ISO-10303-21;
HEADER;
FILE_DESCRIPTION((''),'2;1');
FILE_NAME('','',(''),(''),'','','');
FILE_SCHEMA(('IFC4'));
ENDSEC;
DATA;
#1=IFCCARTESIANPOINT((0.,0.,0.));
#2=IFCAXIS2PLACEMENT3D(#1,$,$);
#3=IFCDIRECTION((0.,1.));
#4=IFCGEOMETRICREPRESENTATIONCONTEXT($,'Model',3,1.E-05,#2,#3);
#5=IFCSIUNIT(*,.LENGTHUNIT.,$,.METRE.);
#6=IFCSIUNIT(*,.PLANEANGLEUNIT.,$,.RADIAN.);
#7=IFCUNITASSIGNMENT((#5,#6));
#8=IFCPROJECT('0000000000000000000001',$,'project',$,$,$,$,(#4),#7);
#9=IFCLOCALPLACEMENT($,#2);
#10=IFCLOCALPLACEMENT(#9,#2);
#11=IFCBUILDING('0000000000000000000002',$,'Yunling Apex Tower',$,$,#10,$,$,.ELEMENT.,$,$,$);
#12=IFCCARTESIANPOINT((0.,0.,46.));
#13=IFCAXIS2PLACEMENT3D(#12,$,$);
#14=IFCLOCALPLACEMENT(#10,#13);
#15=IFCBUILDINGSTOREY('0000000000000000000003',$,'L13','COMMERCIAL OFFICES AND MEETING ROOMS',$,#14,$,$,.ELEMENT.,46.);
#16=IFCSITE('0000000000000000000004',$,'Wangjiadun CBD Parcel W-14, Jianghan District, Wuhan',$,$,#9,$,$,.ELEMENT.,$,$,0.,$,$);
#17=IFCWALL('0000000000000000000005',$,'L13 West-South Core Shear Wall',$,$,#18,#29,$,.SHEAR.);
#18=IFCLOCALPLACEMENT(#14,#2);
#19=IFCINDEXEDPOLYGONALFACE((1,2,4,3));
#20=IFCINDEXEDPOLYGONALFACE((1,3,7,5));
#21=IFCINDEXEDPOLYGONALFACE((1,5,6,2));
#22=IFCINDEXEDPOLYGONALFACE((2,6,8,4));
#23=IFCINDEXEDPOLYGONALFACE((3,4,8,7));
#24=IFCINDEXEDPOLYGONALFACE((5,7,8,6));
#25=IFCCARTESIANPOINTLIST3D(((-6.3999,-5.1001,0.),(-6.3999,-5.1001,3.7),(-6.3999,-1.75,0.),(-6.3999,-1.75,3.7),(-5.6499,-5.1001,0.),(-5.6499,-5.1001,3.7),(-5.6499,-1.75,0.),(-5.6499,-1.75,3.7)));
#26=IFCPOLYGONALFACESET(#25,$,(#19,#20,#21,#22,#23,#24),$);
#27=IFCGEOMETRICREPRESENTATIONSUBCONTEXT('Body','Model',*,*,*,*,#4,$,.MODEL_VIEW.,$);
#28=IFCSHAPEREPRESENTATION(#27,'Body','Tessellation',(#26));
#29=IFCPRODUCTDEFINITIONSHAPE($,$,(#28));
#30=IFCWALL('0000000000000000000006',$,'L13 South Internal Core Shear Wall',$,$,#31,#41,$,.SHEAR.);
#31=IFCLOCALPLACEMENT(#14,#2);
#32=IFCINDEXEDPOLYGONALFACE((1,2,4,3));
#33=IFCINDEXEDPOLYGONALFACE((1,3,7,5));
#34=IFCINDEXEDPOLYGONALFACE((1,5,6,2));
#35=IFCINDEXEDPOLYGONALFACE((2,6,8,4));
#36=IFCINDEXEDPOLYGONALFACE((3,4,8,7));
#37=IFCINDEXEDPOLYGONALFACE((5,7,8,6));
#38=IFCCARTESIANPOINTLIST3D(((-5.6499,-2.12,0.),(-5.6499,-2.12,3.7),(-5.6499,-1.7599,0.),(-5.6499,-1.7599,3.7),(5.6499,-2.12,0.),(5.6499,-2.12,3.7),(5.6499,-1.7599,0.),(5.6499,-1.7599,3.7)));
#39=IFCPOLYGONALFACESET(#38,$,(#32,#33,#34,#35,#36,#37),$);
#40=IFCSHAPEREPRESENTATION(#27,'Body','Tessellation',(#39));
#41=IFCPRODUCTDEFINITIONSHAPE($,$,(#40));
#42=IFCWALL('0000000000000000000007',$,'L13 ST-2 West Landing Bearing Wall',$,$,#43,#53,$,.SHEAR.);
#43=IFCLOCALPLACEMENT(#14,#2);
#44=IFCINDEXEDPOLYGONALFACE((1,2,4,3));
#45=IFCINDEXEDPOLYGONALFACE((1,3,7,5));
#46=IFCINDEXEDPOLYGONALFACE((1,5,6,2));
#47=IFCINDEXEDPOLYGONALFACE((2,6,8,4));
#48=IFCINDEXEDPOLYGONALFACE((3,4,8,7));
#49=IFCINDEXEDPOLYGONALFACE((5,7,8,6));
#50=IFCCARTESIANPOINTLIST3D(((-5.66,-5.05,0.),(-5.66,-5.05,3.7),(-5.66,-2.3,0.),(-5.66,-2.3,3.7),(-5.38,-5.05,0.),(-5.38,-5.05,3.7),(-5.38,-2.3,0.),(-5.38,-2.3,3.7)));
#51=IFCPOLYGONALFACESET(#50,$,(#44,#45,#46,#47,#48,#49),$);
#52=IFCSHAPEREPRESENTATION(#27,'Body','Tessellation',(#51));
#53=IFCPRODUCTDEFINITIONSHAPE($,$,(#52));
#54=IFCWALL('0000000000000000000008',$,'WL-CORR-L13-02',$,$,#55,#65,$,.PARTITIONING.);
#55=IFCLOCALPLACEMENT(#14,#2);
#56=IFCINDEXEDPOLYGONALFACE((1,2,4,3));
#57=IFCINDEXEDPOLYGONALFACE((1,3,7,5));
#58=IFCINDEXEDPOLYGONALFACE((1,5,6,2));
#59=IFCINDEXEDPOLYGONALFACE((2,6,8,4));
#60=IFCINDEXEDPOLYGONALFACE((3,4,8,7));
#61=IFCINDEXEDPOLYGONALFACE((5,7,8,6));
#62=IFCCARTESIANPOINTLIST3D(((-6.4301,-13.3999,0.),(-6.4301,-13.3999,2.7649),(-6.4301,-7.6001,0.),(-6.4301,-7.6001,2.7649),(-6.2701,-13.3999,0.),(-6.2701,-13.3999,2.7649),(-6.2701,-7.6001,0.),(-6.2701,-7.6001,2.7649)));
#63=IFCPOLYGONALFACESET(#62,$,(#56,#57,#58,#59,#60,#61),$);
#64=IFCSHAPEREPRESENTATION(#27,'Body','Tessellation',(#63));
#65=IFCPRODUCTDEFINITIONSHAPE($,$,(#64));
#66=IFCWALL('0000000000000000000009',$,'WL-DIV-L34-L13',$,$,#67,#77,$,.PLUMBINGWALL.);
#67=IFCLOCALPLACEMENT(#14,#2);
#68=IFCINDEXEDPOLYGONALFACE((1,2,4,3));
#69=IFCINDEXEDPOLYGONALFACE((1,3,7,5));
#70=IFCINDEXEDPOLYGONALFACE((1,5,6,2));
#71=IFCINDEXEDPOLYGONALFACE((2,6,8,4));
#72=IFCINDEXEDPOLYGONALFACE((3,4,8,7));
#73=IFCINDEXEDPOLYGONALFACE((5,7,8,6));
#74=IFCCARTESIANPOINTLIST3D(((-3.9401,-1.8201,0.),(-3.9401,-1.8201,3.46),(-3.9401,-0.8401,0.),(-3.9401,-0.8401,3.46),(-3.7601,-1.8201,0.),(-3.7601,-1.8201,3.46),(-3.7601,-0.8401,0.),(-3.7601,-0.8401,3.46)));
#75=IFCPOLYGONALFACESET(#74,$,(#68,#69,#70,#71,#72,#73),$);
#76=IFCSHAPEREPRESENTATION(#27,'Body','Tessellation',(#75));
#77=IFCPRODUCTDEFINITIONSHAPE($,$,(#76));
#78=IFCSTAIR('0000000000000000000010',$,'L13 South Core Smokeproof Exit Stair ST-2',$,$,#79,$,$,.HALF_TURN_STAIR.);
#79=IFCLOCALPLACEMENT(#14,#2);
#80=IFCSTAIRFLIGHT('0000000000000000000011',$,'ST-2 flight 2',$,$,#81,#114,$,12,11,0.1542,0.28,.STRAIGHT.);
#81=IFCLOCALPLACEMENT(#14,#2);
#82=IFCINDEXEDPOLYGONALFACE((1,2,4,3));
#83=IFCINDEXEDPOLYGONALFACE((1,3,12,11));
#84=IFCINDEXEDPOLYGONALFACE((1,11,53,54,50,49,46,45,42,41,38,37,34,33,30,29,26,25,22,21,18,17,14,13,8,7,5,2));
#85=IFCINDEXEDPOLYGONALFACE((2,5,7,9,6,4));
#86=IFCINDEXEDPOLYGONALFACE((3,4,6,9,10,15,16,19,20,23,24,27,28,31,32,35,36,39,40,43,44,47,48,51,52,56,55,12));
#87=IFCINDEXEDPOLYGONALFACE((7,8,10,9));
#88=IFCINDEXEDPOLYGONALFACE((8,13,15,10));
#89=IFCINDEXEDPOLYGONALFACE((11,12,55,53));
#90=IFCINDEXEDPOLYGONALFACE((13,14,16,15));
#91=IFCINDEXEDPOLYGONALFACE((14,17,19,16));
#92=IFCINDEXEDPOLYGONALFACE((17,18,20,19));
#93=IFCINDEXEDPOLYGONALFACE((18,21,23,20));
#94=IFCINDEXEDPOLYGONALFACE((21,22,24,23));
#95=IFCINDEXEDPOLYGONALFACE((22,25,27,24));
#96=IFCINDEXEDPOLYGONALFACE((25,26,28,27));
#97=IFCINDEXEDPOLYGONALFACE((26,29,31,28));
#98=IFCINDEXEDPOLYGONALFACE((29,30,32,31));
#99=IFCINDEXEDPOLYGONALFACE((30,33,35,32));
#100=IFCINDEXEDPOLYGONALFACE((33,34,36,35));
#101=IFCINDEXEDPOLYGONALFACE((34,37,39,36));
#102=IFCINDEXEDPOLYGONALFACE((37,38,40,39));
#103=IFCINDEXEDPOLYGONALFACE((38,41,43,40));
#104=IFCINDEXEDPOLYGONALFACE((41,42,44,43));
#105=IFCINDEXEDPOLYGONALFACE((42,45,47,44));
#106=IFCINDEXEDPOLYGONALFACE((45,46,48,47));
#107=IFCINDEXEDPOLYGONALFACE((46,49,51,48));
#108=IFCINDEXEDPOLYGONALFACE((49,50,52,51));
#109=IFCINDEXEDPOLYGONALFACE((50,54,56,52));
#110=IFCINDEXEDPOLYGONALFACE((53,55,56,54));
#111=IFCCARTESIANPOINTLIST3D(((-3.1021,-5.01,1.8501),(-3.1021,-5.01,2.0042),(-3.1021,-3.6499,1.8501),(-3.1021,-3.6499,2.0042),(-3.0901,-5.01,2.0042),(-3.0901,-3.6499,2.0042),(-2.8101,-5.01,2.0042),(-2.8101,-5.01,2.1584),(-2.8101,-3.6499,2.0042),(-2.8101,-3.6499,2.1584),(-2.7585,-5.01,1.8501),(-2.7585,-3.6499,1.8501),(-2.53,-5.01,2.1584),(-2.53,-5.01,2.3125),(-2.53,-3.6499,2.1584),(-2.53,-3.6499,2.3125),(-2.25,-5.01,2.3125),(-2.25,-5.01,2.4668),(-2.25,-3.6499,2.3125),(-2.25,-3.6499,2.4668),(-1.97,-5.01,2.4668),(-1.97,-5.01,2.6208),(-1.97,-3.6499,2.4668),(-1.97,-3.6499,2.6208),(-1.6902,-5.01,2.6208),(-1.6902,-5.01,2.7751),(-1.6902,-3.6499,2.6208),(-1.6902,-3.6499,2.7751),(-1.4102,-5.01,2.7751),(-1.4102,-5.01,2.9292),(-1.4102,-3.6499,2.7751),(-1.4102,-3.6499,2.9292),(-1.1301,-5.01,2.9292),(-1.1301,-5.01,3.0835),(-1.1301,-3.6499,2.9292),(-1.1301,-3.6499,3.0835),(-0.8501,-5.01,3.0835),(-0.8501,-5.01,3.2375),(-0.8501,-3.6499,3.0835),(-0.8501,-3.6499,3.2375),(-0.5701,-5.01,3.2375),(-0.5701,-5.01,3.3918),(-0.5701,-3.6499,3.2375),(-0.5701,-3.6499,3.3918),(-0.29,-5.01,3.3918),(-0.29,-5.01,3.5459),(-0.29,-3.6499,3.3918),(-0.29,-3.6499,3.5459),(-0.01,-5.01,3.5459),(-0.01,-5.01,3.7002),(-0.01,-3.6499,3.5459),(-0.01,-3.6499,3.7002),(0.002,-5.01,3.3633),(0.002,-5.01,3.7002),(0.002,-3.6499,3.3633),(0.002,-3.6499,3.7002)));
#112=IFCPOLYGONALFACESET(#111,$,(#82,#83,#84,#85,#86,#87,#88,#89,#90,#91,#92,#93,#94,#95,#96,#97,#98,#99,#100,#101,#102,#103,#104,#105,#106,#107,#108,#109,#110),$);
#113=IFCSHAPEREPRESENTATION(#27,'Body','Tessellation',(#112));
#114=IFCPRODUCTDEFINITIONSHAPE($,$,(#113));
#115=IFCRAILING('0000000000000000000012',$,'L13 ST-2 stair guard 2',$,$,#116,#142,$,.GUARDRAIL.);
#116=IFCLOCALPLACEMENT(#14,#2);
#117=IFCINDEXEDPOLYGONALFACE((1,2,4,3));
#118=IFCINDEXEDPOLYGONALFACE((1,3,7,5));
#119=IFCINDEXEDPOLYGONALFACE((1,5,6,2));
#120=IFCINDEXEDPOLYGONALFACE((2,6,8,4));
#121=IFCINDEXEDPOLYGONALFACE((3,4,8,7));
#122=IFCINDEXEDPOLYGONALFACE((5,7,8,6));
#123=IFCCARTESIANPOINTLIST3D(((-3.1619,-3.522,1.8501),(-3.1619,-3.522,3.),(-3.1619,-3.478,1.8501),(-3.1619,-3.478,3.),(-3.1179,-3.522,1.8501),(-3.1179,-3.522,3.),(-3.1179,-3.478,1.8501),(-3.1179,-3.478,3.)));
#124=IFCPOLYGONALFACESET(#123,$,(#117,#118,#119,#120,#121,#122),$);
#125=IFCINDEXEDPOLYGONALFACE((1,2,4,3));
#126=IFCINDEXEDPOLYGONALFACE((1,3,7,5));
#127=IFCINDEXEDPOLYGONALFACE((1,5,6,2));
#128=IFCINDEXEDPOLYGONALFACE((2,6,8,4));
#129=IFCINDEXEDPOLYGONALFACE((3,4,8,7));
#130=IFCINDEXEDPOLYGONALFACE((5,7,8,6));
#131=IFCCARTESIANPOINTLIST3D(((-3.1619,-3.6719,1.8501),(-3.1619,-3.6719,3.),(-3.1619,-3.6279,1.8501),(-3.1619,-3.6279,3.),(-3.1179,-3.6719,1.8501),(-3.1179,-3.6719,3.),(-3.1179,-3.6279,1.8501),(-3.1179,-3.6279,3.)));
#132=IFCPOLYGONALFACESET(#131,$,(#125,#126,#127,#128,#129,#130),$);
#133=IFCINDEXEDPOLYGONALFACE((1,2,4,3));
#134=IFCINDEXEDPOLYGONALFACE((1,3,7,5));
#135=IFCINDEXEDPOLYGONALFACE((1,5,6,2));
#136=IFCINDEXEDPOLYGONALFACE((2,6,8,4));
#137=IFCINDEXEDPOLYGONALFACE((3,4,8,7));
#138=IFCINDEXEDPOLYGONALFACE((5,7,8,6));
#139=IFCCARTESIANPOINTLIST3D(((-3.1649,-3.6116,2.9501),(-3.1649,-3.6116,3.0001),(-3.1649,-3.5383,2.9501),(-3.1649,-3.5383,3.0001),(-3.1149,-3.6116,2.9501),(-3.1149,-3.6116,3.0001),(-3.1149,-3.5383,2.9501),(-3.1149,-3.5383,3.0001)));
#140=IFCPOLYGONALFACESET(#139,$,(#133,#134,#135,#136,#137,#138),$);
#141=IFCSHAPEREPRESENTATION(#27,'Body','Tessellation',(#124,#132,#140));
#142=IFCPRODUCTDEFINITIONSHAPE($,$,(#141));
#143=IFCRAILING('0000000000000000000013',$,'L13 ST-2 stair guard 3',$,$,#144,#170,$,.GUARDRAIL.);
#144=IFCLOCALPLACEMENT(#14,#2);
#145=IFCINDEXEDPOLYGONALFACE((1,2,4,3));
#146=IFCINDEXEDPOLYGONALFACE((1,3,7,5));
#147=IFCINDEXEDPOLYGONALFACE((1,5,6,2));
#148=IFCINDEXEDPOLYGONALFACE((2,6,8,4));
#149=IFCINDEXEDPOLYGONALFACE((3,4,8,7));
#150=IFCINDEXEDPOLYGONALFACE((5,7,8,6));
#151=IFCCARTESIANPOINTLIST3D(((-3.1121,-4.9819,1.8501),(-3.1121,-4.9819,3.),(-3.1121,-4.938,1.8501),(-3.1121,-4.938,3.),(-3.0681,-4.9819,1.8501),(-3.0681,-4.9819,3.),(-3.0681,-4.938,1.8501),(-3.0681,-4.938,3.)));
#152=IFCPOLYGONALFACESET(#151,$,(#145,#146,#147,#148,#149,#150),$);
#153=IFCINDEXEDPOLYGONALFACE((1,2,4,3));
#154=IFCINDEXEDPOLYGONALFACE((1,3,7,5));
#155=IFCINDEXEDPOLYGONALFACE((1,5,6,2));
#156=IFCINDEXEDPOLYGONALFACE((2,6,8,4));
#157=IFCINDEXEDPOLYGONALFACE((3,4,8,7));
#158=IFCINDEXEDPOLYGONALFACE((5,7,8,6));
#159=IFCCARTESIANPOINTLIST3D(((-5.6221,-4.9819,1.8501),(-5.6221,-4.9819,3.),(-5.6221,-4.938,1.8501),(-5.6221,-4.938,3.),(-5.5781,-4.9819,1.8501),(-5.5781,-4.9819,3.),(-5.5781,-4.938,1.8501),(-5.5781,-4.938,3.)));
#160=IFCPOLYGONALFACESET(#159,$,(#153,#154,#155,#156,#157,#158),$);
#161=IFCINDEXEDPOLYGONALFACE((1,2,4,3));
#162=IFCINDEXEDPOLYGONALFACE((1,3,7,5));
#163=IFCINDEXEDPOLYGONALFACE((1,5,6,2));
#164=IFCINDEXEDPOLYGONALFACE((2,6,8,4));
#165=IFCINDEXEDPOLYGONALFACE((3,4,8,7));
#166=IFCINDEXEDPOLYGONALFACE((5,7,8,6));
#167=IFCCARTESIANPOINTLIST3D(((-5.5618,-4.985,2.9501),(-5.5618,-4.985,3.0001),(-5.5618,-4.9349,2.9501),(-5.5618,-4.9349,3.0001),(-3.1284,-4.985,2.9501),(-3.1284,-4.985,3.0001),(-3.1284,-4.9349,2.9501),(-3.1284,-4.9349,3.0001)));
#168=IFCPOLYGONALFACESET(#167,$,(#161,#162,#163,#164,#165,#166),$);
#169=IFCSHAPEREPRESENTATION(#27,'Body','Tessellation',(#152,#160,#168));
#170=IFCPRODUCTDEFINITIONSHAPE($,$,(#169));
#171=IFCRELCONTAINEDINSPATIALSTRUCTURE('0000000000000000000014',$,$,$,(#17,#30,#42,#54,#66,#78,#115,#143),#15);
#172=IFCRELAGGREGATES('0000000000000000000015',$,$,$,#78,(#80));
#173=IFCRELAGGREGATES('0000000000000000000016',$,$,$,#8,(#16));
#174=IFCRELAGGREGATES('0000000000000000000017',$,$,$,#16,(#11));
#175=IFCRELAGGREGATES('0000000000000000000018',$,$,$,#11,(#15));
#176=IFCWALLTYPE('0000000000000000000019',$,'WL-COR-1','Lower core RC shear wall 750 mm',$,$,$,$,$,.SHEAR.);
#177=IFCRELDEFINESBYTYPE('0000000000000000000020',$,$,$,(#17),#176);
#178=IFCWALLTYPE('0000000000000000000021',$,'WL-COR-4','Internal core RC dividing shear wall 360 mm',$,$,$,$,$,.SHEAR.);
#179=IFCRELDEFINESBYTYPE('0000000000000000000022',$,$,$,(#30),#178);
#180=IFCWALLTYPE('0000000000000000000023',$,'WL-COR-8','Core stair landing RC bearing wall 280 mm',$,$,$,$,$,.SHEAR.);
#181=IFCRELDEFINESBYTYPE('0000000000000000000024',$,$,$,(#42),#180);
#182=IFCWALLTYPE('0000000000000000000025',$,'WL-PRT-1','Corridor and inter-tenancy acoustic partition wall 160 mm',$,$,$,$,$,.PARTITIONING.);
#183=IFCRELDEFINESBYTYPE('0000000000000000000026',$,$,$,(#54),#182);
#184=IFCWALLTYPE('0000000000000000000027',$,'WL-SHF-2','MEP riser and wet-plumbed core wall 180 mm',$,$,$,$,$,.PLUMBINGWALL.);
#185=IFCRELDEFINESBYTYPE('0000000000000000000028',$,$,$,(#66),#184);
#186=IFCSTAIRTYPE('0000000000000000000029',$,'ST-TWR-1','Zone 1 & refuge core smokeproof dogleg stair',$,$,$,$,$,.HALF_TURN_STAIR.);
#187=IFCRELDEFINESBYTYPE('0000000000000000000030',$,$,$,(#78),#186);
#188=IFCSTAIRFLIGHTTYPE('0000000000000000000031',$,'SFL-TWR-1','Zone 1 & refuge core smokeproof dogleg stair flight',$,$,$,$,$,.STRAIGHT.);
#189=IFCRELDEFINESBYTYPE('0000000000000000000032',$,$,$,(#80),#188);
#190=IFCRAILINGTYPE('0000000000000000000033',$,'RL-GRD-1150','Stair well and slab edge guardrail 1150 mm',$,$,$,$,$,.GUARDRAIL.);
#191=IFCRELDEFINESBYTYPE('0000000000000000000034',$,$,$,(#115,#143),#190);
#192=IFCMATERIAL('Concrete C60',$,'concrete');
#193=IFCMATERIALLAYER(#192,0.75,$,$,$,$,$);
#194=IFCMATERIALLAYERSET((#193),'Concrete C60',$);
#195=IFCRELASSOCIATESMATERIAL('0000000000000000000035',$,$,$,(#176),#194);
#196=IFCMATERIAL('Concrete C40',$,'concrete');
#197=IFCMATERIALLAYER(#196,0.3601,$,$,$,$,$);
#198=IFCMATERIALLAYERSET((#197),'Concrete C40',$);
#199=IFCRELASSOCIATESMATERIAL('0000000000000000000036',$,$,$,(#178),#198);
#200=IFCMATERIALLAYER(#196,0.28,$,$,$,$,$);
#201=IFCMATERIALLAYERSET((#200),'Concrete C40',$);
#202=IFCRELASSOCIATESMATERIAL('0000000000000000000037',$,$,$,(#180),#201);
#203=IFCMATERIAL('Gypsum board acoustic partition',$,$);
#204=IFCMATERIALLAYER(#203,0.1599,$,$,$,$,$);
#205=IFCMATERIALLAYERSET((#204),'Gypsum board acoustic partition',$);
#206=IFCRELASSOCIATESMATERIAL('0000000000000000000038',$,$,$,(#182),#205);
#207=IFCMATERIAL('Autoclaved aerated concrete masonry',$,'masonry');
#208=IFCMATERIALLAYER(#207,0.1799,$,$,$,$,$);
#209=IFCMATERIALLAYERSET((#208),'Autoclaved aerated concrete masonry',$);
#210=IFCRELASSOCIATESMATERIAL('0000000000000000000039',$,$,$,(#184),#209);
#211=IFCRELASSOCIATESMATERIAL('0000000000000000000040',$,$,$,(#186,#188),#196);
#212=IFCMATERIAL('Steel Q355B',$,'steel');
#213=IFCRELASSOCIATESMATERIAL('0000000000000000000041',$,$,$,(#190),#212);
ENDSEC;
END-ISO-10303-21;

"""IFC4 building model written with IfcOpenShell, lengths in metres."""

from ifc_helpers import new_model, si_unit, direction, frame, frame_2d, origin, origin_2d, place, context, subcontext, project, spatial, polyline, rectangle, outline, extrude, material, layer, layer_set, type_object, element, aggregate, save


model = new_model("IFC4")

# Units and contexts
model_context = context("Model", 3, precision=1e-05, world=origin(), true_north=direction((0.0, 1.0)))
body_context = subcontext(model_context, "Body", "Model", "MODEL_VIEW")
ifc_project = project(units=[si_unit("LENGTHUNIT", "METRE"), si_unit("PLANEANGLEUNIT", "RADIAN")], contexts=[model_context])

# Site, building, storey
site_placement = place(None, origin())
site = spatial("IfcSite", under=ifc_project, at=site_placement, Name="Wangjiadun CBD Parcel W-14, Jianghan District, Wuhan", CompositionType="ELEMENT", RefElevation=0.0)
building_placement = place(site_placement, origin())
building = spatial("IfcBuilding", under=site, at=building_placement, Name="Yunling Apex Tower", CompositionType="ELEMENT")
storey_placement = place(building_placement, frame((0.0, 0.0, 46.0)))
storey = spatial("IfcBuildingStorey", under=building, at=storey_placement, Name="L13", Description="COMMERCIAL OFFICES AND MEETING ROOMS", CompositionType="ELEMENT", Elevation=46.0)

# Shared definitions
ifc_material_1 = material(Name="Concrete C60", Category="concrete")

# Shared definitions
ifc_material_2 = material(Name="Steel Q355B", Category="steel")

# Shared definitions
ifc_layer_1 = layer(ifc_material_1, 0.75)
ifc_layer_set_1 = layer_set([ifc_layer_1], Name="Concrete C60")
wall_type_1 = type_object("IfcWallType", Name="WL-COR-1", Description="Lower core RC shear wall 750 mm", PredefinedType="SHEAR", material=ifc_layer_set_1)

# Walls
wall_1_placement = place(storey_placement, frame((-6.0249, -5.1001, 0.0), z_axis=(0.0, 0.0, 1.0), x_axis=(0.0, 1.0, 0.0)))
element("IfcWall", 1, at=wall_1_placement, inside=storey, type_object=wall_type_1, Name="L13 West-South Core Shear Wall", PredefinedType="SHEAR", context=body_context, shape_type="SweptSolid", body=[
    extrude(rectangle(XDim=3.3501, YDim=0.75, at=frame_2d((1.675, 0.0))), origin(), (0.0, 0.0, 1.0), 3.7),
])
ifc_material_3 = material(Name="Concrete C40", Category="concrete")
ifc_layer_2 = layer(ifc_material_3, 0.3601)
ifc_layer_set_2 = layer_set([ifc_layer_2], Name="Concrete C40")
wall_type_2 = type_object("IfcWallType", Name="WL-COR-4", Description="Internal core RC dividing shear wall 360 mm", PredefinedType="SHEAR", material=ifc_layer_set_2)
wall_2_placement = place(storey_placement, frame((-5.6499, -1.9399, 0.0), z_axis=(0.0, 0.0, 1.0), x_axis=(1.0, 0.0, 0.0)))
element("IfcWall", 2, at=wall_2_placement, inside=storey, type_object=wall_type_2, Name="L13 South Internal Core Shear Wall", PredefinedType="SHEAR", context=body_context, shape_type="SweptSolid", body=[
    extrude(rectangle(XDim=11.2998, YDim=0.3601, at=frame_2d((5.6499, 0.0))), origin(), (0.0, 0.0, 1.0), 3.7),
])
ifc_layer_3 = layer(ifc_material_3, 0.28)
ifc_layer_set_3 = layer_set([ifc_layer_3], Name="Concrete C40")
wall_type_3 = type_object("IfcWallType", Name="WL-COR-8", Description="Core stair landing RC bearing wall 280 mm", PredefinedType="SHEAR", material=ifc_layer_set_3)
wall_3_placement = place(storey_placement, frame((-5.52, -5.05, 0.0), z_axis=(0.0, 0.0, 1.0), x_axis=(0.0, 1.0, 0.0)))
element("IfcWall", 3, at=wall_3_placement, inside=storey, type_object=wall_type_3, Name="L13 ST-2 West Landing Bearing Wall", PredefinedType="SHEAR", context=body_context, shape_type="SweptSolid", body=[
    extrude(rectangle(XDim=2.75, YDim=0.28, at=frame_2d((1.375, 0.0))), origin(), (0.0, 0.0, 1.0), 3.7),
])
ifc_material_4 = material(Name="Gypsum board acoustic partition")
ifc_layer_4 = layer(ifc_material_4, 0.1599)
ifc_layer_set_4 = layer_set([ifc_layer_4], Name="Gypsum board acoustic partition")
wall_type_4 = type_object("IfcWallType", Name="WL-PRT-1", Description="Corridor and inter-tenancy acoustic partition wall 160 mm", PredefinedType="PARTITIONING", material=ifc_layer_set_4)
wall_4_placement = place(storey_placement, frame((-6.3501, -7.6001, 0.0), z_axis=(0.0, 0.0, 1.0), x_axis=(0.0, -1.0, 0.0)))
element("IfcWall", 4, at=wall_4_placement, inside=storey, type_object=wall_type_4, Name="WL-CORR-L13-02", PredefinedType="PARTITIONING", context=body_context, shape_type="SweptSolid", body=[
    extrude(rectangle(XDim=5.7998, YDim=0.1599, at=frame_2d((2.8999, 0.0))), origin(), (0.0, 0.0, 1.0), 2.7649),
])
ifc_material_5 = material(Name="Autoclaved aerated concrete masonry", Category="masonry")
ifc_layer_5 = layer(ifc_material_5, 0.1799)
ifc_layer_set_5 = layer_set([ifc_layer_5], Name="Autoclaved aerated concrete masonry")
wall_type_5 = type_object("IfcWallType", Name="WL-SHF-2", Description="MEP riser and wet-plumbed core wall 180 mm", PredefinedType="PLUMBINGWALL", material=ifc_layer_set_5)
wall_5_placement = place(storey_placement, frame((-3.8501, -1.8201, 0.0), z_axis=(0.0, 0.0, 1.0), x_axis=(0.0, 1.0, 0.0)))
element("IfcWall", 5, at=wall_5_placement, inside=storey, type_object=wall_type_5, Name="WL-DIV-L34-L13", PredefinedType="PLUMBINGWALL", context=body_context, shape_type="SweptSolid", body=[
    extrude(rectangle(XDim=0.98, YDim=0.1799, at=frame_2d((0.49, 0.0))), origin(), (0.0, 0.0, 1.0), 3.46),
])

# Stair, stair flight
stair_type = type_object("IfcStairType", Name="ST-TWR-1", Description="Zone 1 & refuge core smokeproof dogleg stair", PredefinedType="HALF_TURN_STAIR", material=ifc_material_3)
stair_placement = place(storey_placement, origin())
stair = element("IfcStair", 6, at=stair_placement, inside=storey, type_object=stair_type, Name="L13 South Core Smokeproof Exit Stair ST-2", PredefinedType="HALF_TURN_STAIR")
stair_flight_type = type_object("IfcStairFlightType", Name="SFL-TWR-1", Description="Zone 1 & refuge core smokeproof dogleg stair flight", PredefinedType="STRAIGHT", material=ifc_material_3)
stair_flight_placement = place(storey_placement, frame((-3.0901, -4.3301, 1.8501), z_axis=(0.0, 0.0, 1.0), x_axis=(1.0, 0.0, 0.0)))
stair_flight = element("IfcStairFlight", 7, at=stair_flight_placement, type_object=stair_flight_type, Name="ST-2 flight 2", NumberOfRisers=12, NumberOfTreads=11, PredefinedType="STRAIGHT", RiserHeight=0.1542, TreadLength=0.28, context=body_context, shape_type="SweptSolid", body=[
    extrude(outline(polyline([(-0.012, 0.0), (-0.012, 0.1541), (0.0, 0.1541), (0.28, 0.1541), (0.28, 0.3083), (0.5601, 0.3083), (0.5601, 0.4624), (0.8401, 0.4624), (0.8401, 0.6167), (1.1201, 0.6167), (1.1201, 0.7708), (1.3999, 0.7708), (1.3999, 0.925), (1.6799, 0.925), (1.6799, 1.0791), (1.96, 1.0791), (1.96, 1.2334), (2.24, 1.2334), (2.24, 1.3875), (2.52, 1.3875), (2.52, 1.5417), (2.8, 1.5417), (2.8, 1.6958), (3.0801, 1.6958), (3.0801, 1.8501), (3.092, 1.8501), (3.092, 1.5132), (0.3315, 0.0), (-0.012, 0.0)])), frame((0.0, 0.6802, 0.0), z_axis=(0.0, -1.0, 0.0), x_axis=(1.0, 0.0, 0.0)), (0.0, 0.0, 1.0), 1.3601),
])
aggregate(stair, [stair_flight])

# Railings
railing_type_1 = type_object("IfcRailingType", Name="RL-GRD-1150", Description="Stair well and slab edge guardrail 1150 mm", PredefinedType="GUARDRAIL", material=ifc_material_2)
railing_1_placement = place(storey_placement, frame((-3.1399, -3.5, 1.8501)))
element("IfcRailing", 8, at=railing_1_placement, inside=storey, type_object=railing_type_1, Name="L13 ST-2 stair guard 2", PredefinedType="GUARDRAIL", context=body_context, shape_type="SweptSolid", body=[
    extrude(rectangle(XDim=0.0439, YDim=0.0439, at=origin_2d()), origin(), (0.0, 0.0, 1.0), 1.1499),
    extrude(rectangle(XDim=0.0439, YDim=0.0439, at=origin_2d()), frame((0.0, -0.1499, 0.0)), (0.0, 0.0, 1.0), 1.1499),
    extrude(rectangle(XDim=0.05, YDim=0.05, at=origin_2d()), frame((0.0, -0.0383, 1.125), z_axis=(0.0, -1.0, 0.0), x_axis=(1.0, 0.0, 0.0)), (0.0, 0.0, 1.0), 0.0732),
])
railing_2_placement = place(storey_placement, frame((-3.0901, -4.96, 1.8501)))
element("IfcRailing", 9, at=railing_2_placement, inside=storey, type_object=railing_type_1, Name="L13 ST-2 stair guard 3", PredefinedType="GUARDRAIL", context=body_context, shape_type="SweptSolid", body=[
    extrude(rectangle(XDim=0.0439, YDim=0.0439, at=origin_2d()), origin(), (0.0, 0.0, 1.0), 1.1499),
    extrude(rectangle(XDim=0.0439, YDim=0.0439, at=origin_2d()), frame((-2.51, 0.0, 0.0)), (0.0, 0.0, 1.0), 1.1499),
    extrude(rectangle(XDim=0.05, YDim=0.05, at=origin_2d()), frame((-0.0383, 0.0, 1.125), z_axis=(-1.0, 0.0, 0.0), x_axis=(0.0, -1.0, 0.0)), (0.0, 0.0, 1.0), 2.4333),
])

save(model, "model.ifc")
